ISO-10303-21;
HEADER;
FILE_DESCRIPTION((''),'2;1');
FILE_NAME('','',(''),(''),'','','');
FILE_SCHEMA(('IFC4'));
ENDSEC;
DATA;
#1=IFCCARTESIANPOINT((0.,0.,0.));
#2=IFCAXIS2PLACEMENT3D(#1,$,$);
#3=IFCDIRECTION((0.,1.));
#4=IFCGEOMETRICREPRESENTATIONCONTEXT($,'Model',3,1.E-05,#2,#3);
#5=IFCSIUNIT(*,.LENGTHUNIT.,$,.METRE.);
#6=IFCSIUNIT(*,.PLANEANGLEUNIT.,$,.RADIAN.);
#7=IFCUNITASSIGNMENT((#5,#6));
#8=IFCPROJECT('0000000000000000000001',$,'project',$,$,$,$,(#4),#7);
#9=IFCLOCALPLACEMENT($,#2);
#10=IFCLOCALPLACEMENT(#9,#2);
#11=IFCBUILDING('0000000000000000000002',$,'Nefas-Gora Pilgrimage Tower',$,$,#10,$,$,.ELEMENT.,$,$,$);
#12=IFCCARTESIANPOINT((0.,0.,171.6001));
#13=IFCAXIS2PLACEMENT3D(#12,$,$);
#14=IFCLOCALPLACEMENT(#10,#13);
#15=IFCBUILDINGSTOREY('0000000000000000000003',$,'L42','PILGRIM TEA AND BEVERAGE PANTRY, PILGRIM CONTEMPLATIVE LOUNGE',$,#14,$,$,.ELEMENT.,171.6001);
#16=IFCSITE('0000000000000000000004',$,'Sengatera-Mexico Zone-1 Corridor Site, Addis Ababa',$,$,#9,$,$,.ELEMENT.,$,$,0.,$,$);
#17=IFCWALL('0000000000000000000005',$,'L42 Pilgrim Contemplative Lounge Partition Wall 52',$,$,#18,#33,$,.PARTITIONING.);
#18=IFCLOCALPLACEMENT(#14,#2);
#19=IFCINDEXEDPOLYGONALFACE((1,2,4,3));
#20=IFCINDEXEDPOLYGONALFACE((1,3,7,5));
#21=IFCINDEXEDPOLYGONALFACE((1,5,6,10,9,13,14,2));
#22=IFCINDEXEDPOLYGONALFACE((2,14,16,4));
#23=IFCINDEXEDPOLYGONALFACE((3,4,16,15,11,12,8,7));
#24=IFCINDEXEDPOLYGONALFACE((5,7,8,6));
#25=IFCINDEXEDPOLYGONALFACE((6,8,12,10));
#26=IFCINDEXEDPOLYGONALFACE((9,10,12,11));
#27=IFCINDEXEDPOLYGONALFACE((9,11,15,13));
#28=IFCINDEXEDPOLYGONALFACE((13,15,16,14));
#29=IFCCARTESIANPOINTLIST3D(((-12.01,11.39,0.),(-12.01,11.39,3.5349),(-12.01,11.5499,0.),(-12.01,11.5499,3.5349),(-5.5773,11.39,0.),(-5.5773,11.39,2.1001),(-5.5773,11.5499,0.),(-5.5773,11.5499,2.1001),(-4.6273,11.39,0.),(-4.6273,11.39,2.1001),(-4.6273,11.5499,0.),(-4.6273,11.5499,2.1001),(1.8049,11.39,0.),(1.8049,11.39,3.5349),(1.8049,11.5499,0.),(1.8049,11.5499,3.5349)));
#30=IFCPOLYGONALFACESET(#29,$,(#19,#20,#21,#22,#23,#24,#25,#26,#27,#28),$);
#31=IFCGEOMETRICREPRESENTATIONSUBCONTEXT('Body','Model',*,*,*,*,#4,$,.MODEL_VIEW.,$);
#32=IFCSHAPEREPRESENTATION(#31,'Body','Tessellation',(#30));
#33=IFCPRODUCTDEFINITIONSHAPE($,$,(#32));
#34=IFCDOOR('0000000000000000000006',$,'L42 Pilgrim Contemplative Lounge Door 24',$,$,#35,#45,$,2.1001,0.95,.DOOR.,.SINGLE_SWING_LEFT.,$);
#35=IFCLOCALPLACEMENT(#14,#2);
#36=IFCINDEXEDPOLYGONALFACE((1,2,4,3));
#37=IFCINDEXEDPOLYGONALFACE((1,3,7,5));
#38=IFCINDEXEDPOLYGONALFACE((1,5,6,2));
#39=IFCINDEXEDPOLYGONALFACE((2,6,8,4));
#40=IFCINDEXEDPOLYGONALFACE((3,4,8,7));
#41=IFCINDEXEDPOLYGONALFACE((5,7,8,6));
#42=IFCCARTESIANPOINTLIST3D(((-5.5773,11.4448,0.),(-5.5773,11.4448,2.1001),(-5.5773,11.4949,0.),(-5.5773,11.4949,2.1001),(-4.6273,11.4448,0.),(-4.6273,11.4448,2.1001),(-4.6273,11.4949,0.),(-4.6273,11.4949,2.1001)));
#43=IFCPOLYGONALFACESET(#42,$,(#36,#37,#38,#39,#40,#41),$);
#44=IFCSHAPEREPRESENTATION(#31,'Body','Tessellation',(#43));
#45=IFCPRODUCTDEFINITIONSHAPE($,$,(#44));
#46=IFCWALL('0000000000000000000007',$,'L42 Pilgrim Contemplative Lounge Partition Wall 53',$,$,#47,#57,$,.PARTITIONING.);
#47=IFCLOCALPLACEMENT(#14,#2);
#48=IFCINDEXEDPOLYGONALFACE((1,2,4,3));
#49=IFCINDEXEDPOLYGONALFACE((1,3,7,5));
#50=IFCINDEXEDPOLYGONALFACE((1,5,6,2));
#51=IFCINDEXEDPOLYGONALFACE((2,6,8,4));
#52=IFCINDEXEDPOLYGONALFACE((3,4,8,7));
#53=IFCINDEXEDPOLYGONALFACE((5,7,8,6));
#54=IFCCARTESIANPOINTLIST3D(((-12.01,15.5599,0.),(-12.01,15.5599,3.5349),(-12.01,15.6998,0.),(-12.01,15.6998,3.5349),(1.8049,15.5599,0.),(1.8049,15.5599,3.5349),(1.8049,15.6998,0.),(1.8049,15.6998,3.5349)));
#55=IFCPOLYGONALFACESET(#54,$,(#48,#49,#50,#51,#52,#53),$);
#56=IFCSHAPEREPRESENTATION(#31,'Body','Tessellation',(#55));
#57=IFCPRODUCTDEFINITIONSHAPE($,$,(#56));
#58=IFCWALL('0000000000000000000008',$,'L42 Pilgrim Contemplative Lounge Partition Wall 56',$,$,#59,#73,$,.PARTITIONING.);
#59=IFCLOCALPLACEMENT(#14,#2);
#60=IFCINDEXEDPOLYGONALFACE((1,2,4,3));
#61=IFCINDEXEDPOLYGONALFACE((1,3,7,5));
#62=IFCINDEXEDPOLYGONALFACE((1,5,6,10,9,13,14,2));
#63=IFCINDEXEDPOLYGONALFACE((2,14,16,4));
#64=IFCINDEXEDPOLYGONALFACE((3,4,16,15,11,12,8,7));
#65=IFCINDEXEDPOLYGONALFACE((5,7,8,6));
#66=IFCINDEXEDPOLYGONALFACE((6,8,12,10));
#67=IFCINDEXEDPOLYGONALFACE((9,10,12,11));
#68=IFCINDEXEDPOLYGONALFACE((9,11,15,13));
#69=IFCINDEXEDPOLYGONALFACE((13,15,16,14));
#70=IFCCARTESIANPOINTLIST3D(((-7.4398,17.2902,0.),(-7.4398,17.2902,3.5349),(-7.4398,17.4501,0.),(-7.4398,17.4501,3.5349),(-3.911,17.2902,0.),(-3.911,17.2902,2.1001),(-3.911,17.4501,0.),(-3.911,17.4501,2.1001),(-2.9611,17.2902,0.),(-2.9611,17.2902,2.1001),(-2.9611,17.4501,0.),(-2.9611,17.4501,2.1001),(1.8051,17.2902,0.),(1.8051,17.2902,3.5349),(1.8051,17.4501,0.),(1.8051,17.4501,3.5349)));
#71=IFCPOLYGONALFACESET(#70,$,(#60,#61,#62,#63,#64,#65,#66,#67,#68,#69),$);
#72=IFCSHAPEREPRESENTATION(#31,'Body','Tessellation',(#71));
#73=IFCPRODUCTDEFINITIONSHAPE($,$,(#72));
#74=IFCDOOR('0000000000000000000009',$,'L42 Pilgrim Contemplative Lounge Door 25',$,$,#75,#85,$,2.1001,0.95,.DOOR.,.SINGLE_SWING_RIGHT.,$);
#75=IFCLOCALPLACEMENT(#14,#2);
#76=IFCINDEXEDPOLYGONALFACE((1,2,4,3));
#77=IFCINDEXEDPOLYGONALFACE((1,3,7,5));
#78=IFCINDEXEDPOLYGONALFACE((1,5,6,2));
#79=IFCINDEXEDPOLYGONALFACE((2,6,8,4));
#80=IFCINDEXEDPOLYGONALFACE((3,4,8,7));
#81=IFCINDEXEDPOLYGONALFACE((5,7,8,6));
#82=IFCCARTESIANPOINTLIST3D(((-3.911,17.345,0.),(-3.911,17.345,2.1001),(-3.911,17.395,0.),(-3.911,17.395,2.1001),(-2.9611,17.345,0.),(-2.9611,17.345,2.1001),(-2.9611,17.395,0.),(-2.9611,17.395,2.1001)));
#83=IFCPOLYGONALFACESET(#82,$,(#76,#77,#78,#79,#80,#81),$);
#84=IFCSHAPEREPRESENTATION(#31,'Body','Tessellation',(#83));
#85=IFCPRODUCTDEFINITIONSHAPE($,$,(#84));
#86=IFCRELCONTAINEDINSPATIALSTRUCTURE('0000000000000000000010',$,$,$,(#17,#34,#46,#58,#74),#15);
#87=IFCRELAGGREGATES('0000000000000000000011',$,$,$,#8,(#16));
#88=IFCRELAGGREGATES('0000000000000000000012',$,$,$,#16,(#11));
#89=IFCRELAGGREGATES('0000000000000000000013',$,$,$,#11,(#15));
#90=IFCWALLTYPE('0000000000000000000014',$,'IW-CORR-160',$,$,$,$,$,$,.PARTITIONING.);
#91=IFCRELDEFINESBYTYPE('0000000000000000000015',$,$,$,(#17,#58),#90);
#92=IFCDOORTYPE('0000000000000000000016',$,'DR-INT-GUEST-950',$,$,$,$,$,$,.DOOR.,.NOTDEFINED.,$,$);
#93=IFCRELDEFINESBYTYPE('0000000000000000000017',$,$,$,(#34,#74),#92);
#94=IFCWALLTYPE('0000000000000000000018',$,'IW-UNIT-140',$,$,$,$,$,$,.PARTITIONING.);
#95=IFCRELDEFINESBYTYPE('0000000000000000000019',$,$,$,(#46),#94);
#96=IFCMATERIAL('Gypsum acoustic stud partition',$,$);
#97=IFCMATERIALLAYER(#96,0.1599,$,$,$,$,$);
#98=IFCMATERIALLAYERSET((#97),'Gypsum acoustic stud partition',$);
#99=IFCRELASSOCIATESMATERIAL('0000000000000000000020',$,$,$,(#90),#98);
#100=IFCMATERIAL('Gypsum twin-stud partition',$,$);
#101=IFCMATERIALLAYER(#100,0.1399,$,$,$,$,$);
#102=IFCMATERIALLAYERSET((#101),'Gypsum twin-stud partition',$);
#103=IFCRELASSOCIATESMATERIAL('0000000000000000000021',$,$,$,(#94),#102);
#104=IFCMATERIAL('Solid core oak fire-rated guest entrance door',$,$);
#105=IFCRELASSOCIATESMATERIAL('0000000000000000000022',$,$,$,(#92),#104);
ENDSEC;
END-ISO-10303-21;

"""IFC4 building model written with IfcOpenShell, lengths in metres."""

from ifc_helpers import new_model, si_unit, direction, frame, frame_2d, origin, place, context, subcontext, project, spatial, rectangle, extrude, source, transform, mapped, material, layer, layer_set, type_object, element, fill, save


model = new_model("IFC4")

# Units and contexts
model_context = context("Model", 3, precision=1e-05, world=origin(), true_north=direction((0.0, 1.0)))
body_context = subcontext(model_context, "Body", "Model", "MODEL_VIEW")
ifc_project = project(units=[si_unit("LENGTHUNIT", "METRE"), si_unit("PLANEANGLEUNIT", "RADIAN")], contexts=[model_context])

# Site, building, storey
site_placement = place(None, origin())
site = spatial("IfcSite", under=ifc_project, at=site_placement, Name="Sengatera-Mexico Zone-1 Corridor Site, Addis Ababa", CompositionType="ELEMENT", RefElevation=0.0)
building_placement = place(site_placement, origin())
building = spatial("IfcBuilding", under=site, at=building_placement, Name="Nefas-Gora Pilgrimage Tower", CompositionType="ELEMENT")
storey_placement = place(building_placement, frame((0.0, 0.0, 171.6001)))
storey = spatial("IfcBuildingStorey", under=building, at=storey_placement, Name="L42", Description="PILGRIM TEA AND BEVERAGE PANTRY, PILGRIM CONTEMPLATIVE LOUNGE", CompositionType="ELEMENT", Elevation=171.6001)

# Shared definitions
ifc_material_1 = material(Name="Gypsum acoustic stud partition")
ifc_layer_1 = layer(ifc_material_1, 0.1599)
ifc_layer_set_1 = layer_set([ifc_layer_1], Name="Gypsum acoustic stud partition")
wall_type_1 = type_object("IfcWallType", Name="IW-CORR-160", PredefinedType="PARTITIONING", material=ifc_layer_set_1)

# Shared definitions
ifc_material_2 = material(Name="Gypsum twin-stud partition")
ifc_layer_2 = layer(ifc_material_2, 0.1399)
ifc_layer_set_2 = layer_set([ifc_layer_2], Name="Gypsum twin-stud partition")
wall_type_2 = type_object("IfcWallType", Name="IW-UNIT-140", PredefinedType="PARTITIONING", material=ifc_layer_set_2)

# Wall, opening, door
shared_shape_1 = source(origin(), body_context, "Body", "SweptSolid", [
    extrude(rectangle(XDim=13.8149, YDim=0.1599, at=frame_2d((6.9075, 0.0))), origin(), (0.0, 0.0, 1.0), 3.5349),
])
wall_1_placement = place(storey_placement, frame((-12.01, 11.47, 0.0), z_axis=(0.0, 0.0, 1.0), x_axis=(1.0, 0.0, 0.0)))
wall_1 = element("IfcWall", 1, at=wall_1_placement, inside=storey, type_object=wall_type_1, Name="L42 Pilgrim Contemplative Lounge Partition Wall 52", PredefinedType="PARTITIONING", context=body_context, shape_type="MappedRepresentation", body=[
    mapped(shared_shape_1, transform((0.0, 0.0, 0.0), x_axis=(1.0, 0.0, 0.0), y_axis=(0.0, 1.0, 0.0), z_axis=(0.0, 0.0, 1.0), scale=1.0)),
])
opening_1_placement = place(wall_1_placement, frame((6.4326, 0.0, 0.0)))
opening_1 = element("IfcOpeningElement", 2, at=opening_1_placement, cuts=wall_1, PredefinedType="OPENING", context=body_context, shape_type="SweptSolid", body=[
    extrude(rectangle(XDim=0.95, YDim=2.1001, at=frame_2d((0.4751, 1.05))), frame((0.0, 0.0898, 0.0), z_axis=(0.0, -1.0, 0.0), x_axis=(1.0, 0.0, 0.0)), (0.0, 0.0, 1.0), 0.1799),
])
ifc_material_3 = material(Name="Solid core oak fire-rated guest entrance door")
door_type_1 = type_object("IfcDoorType", Name="DR-INT-GUEST-950", OperationType="NOTDEFINED", PredefinedType="DOOR", material=ifc_material_3)
shared_shape_2 = source(origin(), body_context, "Body", "SweptSolid", [
    extrude(rectangle(XDim=0.95, YDim=2.1001, at=frame_2d((0.4751, 1.05))), frame((0.0, 0.0249, 0.0), z_axis=(0.0, -1.0, 0.0), x_axis=(1.0, 0.0, 0.0)), (0.0, 0.0, 1.0), 0.05),
])
door_1_placement = place(opening_1_placement, origin())
door_1 = element("IfcDoor", 3, at=door_1_placement, inside=storey, type_object=door_type_1, Name="L42 Pilgrim Contemplative Lounge Door 24", OperationType="SINGLE_SWING_LEFT", OverallHeight=2.1001, OverallWidth=0.95, PredefinedType="DOOR", context=body_context, shape_type="MappedRepresentation", body=[
    mapped(shared_shape_2, transform((0.0, 0.0, 0.0), x_axis=(1.0, 0.0, 0.0), y_axis=(0.0, 1.0, 0.0), z_axis=(0.0, 0.0, 1.0), scale=1.0)),
])
fill(opening_1, door_1)

# Wall
shared_shape_3 = source(origin(), body_context, "Body", "SweptSolid", [
    extrude(rectangle(XDim=13.8149, YDim=0.1399, at=frame_2d((6.9075, 0.0))), origin(), (0.0, 0.0, 1.0), 3.5349),
])
wall_2_placement = place(storey_placement, frame((-12.01, 15.6299, 0.0), z_axis=(0.0, 0.0, 1.0), x_axis=(1.0, 0.0, 0.0)))
element("IfcWall", 4, at=wall_2_placement, inside=storey, type_object=wall_type_2, Name="L42 Pilgrim Contemplative Lounge Partition Wall 53", PredefinedType="PARTITIONING", context=body_context, shape_type="MappedRepresentation", body=[
    mapped(shared_shape_3, transform((0.0, 0.0, 0.0), x_axis=(1.0, 0.0, 0.0), y_axis=(0.0, 1.0, 0.0), z_axis=(0.0, 0.0, 1.0), scale=1.0)),
])

# Wall, opening, door
shared_shape_4 = source(origin(), body_context, "Body", "SweptSolid", [
    extrude(rectangle(XDim=9.2449, YDim=0.1599, at=frame_2d((4.6226, 0.0))), origin(), (0.0, 0.0, 1.0), 3.5349),
])
wall_3_placement = place(storey_placement, frame((-7.4399, 17.3701, 0.0), z_axis=(0.0, 0.0, 1.0), x_axis=(1.0, 0.0, 0.0)))
wall_3 = element("IfcWall", 5, at=wall_3_placement, inside=storey, type_object=wall_type_1, Name="L42 Pilgrim Contemplative Lounge Partition Wall 56", PredefinedType="PARTITIONING", context=body_context, shape_type="MappedRepresentation", body=[
    mapped(shared_shape_4, transform((0.0, 0.0, 0.0), x_axis=(1.0, 0.0, 0.0), y_axis=(0.0, 1.0, 0.0), z_axis=(0.0, 0.0, 1.0), scale=1.0)),
])
opening_2_placement = place(wall_3_placement, frame((3.5288, 0.0, 0.0)))
opening_2 = element("IfcOpeningElement", 6, at=opening_2_placement, cuts=wall_3, PredefinedType="OPENING", context=body_context, shape_type="SweptSolid", body=[
    extrude(rectangle(XDim=0.95, YDim=2.1001, at=frame_2d((0.4751, 1.05))), frame((0.0, 0.0898, 0.0), z_axis=(0.0, -1.0, 0.0), x_axis=(1.0, 0.0, 0.0)), (0.0, 0.0, 1.0), 0.1799),
])
door_2_placement = place(opening_2_placement, origin())
door_2 = element("IfcDoor", 7, at=door_2_placement, inside=storey, type_object=door_type_1, Name="L42 Pilgrim Contemplative Lounge Door 25", OperationType="SINGLE_SWING_RIGHT", OverallHeight=2.1001, OverallWidth=0.95, PredefinedType="DOOR", context=body_context, shape_type="MappedRepresentation", body=[
    mapped(shared_shape_2, transform((0.0, 0.0, 0.0), x_axis=(1.0, 0.0, 0.0), y_axis=(0.0, 1.0, 0.0), z_axis=(0.0, 0.0, 1.0), scale=1.0)),
])
fill(opening_2, door_2)

save(model, "model.ifc")
